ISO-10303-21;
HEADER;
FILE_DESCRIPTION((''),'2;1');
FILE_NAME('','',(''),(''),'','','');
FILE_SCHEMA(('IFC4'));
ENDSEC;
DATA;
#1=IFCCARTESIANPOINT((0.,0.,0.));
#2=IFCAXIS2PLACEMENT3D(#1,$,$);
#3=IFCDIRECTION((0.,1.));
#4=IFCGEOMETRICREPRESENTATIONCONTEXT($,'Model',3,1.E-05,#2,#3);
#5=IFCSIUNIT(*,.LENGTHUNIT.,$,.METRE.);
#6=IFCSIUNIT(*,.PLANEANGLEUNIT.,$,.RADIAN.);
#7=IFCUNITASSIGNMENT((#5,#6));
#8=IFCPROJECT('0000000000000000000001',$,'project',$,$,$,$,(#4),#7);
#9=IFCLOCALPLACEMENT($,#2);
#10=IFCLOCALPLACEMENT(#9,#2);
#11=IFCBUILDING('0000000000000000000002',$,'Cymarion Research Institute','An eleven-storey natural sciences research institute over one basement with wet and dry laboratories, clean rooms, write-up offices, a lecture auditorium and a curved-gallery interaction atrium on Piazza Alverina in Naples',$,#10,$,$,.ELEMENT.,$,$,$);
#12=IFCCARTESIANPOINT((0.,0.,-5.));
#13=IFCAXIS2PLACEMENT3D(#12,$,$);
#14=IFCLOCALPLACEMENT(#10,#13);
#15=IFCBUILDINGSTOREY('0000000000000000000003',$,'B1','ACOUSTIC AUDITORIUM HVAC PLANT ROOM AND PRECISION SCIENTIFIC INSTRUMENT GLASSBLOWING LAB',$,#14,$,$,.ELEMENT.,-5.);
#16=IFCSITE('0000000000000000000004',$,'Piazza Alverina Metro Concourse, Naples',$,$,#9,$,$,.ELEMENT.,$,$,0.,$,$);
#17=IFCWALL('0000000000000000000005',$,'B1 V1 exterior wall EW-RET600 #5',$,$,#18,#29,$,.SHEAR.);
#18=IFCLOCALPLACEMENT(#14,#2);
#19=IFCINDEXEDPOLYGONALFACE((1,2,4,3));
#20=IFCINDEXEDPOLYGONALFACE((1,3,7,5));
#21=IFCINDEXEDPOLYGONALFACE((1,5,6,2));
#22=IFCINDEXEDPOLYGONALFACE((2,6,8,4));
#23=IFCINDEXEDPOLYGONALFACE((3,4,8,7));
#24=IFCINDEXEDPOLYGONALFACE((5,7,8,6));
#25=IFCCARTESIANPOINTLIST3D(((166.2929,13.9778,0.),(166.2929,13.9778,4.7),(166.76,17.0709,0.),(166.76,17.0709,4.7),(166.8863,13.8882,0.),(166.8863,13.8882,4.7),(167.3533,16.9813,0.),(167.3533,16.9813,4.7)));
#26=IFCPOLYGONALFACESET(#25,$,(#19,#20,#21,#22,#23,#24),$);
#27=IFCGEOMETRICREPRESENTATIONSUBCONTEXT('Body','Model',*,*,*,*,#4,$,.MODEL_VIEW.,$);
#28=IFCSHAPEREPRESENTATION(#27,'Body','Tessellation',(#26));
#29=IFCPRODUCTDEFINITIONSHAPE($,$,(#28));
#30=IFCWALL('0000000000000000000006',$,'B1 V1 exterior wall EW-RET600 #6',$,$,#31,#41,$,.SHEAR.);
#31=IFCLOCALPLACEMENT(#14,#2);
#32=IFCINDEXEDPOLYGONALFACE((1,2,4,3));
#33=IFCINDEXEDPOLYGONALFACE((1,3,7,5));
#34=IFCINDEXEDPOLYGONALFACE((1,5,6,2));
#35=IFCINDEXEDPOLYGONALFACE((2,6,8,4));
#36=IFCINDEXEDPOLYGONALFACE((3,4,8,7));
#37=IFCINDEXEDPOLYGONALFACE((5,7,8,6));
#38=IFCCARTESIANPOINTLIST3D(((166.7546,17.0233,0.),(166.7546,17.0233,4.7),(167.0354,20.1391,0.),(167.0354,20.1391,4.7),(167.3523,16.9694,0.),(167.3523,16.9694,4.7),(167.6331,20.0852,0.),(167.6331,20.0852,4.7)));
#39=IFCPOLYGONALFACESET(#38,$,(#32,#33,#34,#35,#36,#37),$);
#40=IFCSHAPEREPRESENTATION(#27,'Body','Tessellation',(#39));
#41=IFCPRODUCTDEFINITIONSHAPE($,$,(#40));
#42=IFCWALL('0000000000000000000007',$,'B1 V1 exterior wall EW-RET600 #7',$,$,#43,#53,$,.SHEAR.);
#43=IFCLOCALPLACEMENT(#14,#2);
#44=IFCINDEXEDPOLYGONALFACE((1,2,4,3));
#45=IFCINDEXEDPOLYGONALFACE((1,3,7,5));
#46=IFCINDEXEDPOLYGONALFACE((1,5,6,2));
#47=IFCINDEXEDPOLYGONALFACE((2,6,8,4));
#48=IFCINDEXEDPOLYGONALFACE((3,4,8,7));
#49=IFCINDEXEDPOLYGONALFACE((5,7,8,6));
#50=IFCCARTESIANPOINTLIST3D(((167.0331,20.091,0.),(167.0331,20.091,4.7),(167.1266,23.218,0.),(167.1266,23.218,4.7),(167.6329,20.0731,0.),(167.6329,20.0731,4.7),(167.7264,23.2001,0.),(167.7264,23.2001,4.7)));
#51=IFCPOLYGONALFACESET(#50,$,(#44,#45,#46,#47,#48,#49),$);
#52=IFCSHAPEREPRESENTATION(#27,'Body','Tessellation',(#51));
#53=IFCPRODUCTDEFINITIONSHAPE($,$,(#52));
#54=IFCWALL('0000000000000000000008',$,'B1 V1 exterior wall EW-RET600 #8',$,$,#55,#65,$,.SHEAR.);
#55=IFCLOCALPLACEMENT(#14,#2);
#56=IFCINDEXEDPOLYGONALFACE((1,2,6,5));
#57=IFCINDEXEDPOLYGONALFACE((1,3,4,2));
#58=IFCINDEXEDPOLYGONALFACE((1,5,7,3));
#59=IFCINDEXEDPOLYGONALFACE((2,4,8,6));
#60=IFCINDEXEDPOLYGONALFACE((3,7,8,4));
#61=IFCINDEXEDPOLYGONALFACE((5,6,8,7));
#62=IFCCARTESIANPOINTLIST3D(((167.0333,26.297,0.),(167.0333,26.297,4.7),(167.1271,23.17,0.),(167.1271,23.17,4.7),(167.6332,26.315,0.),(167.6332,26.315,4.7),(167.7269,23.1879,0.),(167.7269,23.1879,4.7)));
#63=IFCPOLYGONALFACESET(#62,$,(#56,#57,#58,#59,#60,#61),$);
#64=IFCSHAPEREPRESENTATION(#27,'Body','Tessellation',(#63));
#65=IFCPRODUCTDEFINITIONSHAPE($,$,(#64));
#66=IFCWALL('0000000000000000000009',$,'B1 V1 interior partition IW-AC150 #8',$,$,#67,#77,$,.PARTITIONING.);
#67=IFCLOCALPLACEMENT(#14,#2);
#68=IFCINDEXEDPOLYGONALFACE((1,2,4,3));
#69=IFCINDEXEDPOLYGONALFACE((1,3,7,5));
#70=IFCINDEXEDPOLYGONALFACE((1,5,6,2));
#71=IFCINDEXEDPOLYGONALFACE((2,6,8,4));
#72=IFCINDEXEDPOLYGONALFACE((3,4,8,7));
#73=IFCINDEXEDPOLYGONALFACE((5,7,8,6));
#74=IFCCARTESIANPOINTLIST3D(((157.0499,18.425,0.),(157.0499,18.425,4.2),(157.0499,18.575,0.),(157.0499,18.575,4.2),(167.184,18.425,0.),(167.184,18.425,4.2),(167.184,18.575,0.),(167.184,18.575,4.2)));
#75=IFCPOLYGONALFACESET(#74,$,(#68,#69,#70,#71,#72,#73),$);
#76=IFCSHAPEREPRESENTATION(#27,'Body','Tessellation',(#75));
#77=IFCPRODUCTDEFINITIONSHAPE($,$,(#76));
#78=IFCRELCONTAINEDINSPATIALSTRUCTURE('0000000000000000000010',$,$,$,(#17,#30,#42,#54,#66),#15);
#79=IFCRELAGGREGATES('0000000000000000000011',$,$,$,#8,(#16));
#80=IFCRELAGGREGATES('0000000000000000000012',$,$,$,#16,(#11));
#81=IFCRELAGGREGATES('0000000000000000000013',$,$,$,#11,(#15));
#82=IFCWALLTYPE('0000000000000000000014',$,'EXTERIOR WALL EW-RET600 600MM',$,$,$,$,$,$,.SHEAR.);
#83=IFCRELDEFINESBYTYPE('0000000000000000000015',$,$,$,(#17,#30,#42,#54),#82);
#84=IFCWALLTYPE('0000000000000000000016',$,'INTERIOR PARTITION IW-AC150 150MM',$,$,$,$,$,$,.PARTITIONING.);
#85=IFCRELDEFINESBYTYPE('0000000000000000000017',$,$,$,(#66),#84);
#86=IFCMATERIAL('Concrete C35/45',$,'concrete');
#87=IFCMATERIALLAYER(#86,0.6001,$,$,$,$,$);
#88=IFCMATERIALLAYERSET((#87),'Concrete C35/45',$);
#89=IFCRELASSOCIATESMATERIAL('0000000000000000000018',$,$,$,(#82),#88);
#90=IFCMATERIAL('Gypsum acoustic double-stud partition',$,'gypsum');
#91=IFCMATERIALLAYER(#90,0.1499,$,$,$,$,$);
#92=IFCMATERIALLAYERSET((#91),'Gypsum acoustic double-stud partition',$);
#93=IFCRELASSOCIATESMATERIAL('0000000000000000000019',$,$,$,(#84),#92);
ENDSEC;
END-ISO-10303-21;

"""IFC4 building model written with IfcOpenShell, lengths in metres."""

from ifc_helpers import new_model, si_unit, direction, frame, frame_2d, origin, place, context, subcontext, project, spatial, rectangle, extrude, material, layer, layer_set, type_object, element, save


model = new_model("IFC4")

# Units and contexts
model_context = context("Model", 3, precision=1e-05, world=origin(), true_north=direction((0.0, 1.0)))
body_context = subcontext(model_context, "Body", "Model", "MODEL_VIEW")
ifc_project = project(units=[si_unit("LENGTHUNIT", "METRE"), si_unit("PLANEANGLEUNIT", "RADIAN")], contexts=[model_context])

# Site, building, storey
site_placement = place(None, origin())
site = spatial("IfcSite", under=ifc_project, at=site_placement, Name="Piazza Alverina Metro Concourse, Naples", CompositionType="ELEMENT", RefElevation=0.0)
building_placement = place(site_placement, origin())
building = spatial("IfcBuilding", under=site, at=building_placement, Name="Cymarion Research Institute", Description="An eleven-storey natural sciences research institute over one basement with wet and dry laboratories, clean rooms, write-up offices, a lecture auditorium and a curved-gallery interaction atrium on Piazza Alverina in Naples", CompositionType="ELEMENT")
storey_placement = place(building_placement, frame((0.0, 0.0, -5.0)))
storey = spatial("IfcBuildingStorey", under=building, at=storey_placement, Name="B1", Description="ACOUSTIC AUDITORIUM HVAC PLANT ROOM AND PRECISION SCIENTIFIC INSTRUMENT GLASSBLOWING LAB", CompositionType="ELEMENT", Elevation=-5.0)

# Shared definitions
ifc_material_1 = material(Name="Concrete C35/45", Category="concrete")

# Walls
ifc_layer_1 = layer(ifc_material_1, 0.6001)
ifc_layer_set_1 = layer_set([ifc_layer_1], Name="Concrete C35/45")
wall_type_1 = type_object("IfcWallType", Name="EXTERIOR WALL EW-RET600 600MM", PredefinedType="SHEAR", material=ifc_layer_set_1)
wall_1_placement = place(storey_placement, frame((166.5896, 13.9331, 0.0), z_axis=(0.0, 0.0, 1.0), x_axis=(0.149306, 0.988791, 0.0)))
element("IfcWall", 1, at=wall_1_placement, inside=storey, type_object=wall_type_1, Name="B1 V1 exterior wall EW-RET600 #5", PredefinedType="SHEAR", context=body_context, shape_type="SweptSolid", body=[
    extrude(rectangle(XDim=3.1282, YDim=0.6001, at=frame_2d((1.564, 0.0))), origin(), (0.0, 0.0, 1.0), 4.7),
])
for number, where, z_axis, x_axis, name in (
    (2, (167.0535, 16.9963, 0.0), (0.0, 0.0, 1.0), (0.089748, 0.995965, 0.0), "B1 V1 exterior wall EW-RET600 #6"),
    (3, (167.333, 20.082, 0.0), (0.0, 0.0, 1.0), (0.02989, 0.999553, 0.0), "B1 V1 exterior wall EW-RET600 #7"),
    (4, (167.427, 23.179, 0.0), (0.0, 0.0, 1.0), (-0.029968, 0.999551, 0.0), "B1 V1 exterior wall EW-RET600 #8"),
):
    element("IfcWall", number, at=place(storey_placement, frame(where, z_axis=z_axis, x_axis=x_axis)), inside=storey, type_object=wall_type_1, Name=name, PredefinedType="SHEAR", context=body_context, shape_type="SweptSolid", body=[
        extrude(rectangle(XDim=3.1284, YDim=0.6001, at=frame_2d((1.5642, 0.0))), origin(), (0.0, 0.0, 1.0), 4.7),
    ])
ifc_material_2 = material(Name="Gypsum acoustic double-stud partition", Category="gypsum")
ifc_layer_2 = layer(ifc_material_2, 0.1499)
ifc_layer_set_2 = layer_set([ifc_layer_2], Name="Gypsum acoustic double-stud partition")
wall_type_2 = type_object("IfcWallType", Name="INTERIOR PARTITION IW-AC150 150MM", PredefinedType="PARTITIONING", material=ifc_layer_set_2)
wall_2_placement = place(storey_placement, frame((157.05, 18.5, 0.0), z_axis=(0.0, 0.0, 1.0), x_axis=(1.0, 0.0, 0.0)))
element("IfcWall", 5, at=wall_2_placement, inside=storey, type_object=wall_type_2, Name="B1 V1 interior partition IW-AC150 #8", PredefinedType="PARTITIONING", context=body_context, shape_type="SweptSolid", body=[
    extrude(rectangle(XDim=10.134, YDim=0.1499, at=frame_2d((5.0669, 0.0))), origin(), (0.0, 0.0, 1.0), 4.2),
])

save(model, "model.ifc")
